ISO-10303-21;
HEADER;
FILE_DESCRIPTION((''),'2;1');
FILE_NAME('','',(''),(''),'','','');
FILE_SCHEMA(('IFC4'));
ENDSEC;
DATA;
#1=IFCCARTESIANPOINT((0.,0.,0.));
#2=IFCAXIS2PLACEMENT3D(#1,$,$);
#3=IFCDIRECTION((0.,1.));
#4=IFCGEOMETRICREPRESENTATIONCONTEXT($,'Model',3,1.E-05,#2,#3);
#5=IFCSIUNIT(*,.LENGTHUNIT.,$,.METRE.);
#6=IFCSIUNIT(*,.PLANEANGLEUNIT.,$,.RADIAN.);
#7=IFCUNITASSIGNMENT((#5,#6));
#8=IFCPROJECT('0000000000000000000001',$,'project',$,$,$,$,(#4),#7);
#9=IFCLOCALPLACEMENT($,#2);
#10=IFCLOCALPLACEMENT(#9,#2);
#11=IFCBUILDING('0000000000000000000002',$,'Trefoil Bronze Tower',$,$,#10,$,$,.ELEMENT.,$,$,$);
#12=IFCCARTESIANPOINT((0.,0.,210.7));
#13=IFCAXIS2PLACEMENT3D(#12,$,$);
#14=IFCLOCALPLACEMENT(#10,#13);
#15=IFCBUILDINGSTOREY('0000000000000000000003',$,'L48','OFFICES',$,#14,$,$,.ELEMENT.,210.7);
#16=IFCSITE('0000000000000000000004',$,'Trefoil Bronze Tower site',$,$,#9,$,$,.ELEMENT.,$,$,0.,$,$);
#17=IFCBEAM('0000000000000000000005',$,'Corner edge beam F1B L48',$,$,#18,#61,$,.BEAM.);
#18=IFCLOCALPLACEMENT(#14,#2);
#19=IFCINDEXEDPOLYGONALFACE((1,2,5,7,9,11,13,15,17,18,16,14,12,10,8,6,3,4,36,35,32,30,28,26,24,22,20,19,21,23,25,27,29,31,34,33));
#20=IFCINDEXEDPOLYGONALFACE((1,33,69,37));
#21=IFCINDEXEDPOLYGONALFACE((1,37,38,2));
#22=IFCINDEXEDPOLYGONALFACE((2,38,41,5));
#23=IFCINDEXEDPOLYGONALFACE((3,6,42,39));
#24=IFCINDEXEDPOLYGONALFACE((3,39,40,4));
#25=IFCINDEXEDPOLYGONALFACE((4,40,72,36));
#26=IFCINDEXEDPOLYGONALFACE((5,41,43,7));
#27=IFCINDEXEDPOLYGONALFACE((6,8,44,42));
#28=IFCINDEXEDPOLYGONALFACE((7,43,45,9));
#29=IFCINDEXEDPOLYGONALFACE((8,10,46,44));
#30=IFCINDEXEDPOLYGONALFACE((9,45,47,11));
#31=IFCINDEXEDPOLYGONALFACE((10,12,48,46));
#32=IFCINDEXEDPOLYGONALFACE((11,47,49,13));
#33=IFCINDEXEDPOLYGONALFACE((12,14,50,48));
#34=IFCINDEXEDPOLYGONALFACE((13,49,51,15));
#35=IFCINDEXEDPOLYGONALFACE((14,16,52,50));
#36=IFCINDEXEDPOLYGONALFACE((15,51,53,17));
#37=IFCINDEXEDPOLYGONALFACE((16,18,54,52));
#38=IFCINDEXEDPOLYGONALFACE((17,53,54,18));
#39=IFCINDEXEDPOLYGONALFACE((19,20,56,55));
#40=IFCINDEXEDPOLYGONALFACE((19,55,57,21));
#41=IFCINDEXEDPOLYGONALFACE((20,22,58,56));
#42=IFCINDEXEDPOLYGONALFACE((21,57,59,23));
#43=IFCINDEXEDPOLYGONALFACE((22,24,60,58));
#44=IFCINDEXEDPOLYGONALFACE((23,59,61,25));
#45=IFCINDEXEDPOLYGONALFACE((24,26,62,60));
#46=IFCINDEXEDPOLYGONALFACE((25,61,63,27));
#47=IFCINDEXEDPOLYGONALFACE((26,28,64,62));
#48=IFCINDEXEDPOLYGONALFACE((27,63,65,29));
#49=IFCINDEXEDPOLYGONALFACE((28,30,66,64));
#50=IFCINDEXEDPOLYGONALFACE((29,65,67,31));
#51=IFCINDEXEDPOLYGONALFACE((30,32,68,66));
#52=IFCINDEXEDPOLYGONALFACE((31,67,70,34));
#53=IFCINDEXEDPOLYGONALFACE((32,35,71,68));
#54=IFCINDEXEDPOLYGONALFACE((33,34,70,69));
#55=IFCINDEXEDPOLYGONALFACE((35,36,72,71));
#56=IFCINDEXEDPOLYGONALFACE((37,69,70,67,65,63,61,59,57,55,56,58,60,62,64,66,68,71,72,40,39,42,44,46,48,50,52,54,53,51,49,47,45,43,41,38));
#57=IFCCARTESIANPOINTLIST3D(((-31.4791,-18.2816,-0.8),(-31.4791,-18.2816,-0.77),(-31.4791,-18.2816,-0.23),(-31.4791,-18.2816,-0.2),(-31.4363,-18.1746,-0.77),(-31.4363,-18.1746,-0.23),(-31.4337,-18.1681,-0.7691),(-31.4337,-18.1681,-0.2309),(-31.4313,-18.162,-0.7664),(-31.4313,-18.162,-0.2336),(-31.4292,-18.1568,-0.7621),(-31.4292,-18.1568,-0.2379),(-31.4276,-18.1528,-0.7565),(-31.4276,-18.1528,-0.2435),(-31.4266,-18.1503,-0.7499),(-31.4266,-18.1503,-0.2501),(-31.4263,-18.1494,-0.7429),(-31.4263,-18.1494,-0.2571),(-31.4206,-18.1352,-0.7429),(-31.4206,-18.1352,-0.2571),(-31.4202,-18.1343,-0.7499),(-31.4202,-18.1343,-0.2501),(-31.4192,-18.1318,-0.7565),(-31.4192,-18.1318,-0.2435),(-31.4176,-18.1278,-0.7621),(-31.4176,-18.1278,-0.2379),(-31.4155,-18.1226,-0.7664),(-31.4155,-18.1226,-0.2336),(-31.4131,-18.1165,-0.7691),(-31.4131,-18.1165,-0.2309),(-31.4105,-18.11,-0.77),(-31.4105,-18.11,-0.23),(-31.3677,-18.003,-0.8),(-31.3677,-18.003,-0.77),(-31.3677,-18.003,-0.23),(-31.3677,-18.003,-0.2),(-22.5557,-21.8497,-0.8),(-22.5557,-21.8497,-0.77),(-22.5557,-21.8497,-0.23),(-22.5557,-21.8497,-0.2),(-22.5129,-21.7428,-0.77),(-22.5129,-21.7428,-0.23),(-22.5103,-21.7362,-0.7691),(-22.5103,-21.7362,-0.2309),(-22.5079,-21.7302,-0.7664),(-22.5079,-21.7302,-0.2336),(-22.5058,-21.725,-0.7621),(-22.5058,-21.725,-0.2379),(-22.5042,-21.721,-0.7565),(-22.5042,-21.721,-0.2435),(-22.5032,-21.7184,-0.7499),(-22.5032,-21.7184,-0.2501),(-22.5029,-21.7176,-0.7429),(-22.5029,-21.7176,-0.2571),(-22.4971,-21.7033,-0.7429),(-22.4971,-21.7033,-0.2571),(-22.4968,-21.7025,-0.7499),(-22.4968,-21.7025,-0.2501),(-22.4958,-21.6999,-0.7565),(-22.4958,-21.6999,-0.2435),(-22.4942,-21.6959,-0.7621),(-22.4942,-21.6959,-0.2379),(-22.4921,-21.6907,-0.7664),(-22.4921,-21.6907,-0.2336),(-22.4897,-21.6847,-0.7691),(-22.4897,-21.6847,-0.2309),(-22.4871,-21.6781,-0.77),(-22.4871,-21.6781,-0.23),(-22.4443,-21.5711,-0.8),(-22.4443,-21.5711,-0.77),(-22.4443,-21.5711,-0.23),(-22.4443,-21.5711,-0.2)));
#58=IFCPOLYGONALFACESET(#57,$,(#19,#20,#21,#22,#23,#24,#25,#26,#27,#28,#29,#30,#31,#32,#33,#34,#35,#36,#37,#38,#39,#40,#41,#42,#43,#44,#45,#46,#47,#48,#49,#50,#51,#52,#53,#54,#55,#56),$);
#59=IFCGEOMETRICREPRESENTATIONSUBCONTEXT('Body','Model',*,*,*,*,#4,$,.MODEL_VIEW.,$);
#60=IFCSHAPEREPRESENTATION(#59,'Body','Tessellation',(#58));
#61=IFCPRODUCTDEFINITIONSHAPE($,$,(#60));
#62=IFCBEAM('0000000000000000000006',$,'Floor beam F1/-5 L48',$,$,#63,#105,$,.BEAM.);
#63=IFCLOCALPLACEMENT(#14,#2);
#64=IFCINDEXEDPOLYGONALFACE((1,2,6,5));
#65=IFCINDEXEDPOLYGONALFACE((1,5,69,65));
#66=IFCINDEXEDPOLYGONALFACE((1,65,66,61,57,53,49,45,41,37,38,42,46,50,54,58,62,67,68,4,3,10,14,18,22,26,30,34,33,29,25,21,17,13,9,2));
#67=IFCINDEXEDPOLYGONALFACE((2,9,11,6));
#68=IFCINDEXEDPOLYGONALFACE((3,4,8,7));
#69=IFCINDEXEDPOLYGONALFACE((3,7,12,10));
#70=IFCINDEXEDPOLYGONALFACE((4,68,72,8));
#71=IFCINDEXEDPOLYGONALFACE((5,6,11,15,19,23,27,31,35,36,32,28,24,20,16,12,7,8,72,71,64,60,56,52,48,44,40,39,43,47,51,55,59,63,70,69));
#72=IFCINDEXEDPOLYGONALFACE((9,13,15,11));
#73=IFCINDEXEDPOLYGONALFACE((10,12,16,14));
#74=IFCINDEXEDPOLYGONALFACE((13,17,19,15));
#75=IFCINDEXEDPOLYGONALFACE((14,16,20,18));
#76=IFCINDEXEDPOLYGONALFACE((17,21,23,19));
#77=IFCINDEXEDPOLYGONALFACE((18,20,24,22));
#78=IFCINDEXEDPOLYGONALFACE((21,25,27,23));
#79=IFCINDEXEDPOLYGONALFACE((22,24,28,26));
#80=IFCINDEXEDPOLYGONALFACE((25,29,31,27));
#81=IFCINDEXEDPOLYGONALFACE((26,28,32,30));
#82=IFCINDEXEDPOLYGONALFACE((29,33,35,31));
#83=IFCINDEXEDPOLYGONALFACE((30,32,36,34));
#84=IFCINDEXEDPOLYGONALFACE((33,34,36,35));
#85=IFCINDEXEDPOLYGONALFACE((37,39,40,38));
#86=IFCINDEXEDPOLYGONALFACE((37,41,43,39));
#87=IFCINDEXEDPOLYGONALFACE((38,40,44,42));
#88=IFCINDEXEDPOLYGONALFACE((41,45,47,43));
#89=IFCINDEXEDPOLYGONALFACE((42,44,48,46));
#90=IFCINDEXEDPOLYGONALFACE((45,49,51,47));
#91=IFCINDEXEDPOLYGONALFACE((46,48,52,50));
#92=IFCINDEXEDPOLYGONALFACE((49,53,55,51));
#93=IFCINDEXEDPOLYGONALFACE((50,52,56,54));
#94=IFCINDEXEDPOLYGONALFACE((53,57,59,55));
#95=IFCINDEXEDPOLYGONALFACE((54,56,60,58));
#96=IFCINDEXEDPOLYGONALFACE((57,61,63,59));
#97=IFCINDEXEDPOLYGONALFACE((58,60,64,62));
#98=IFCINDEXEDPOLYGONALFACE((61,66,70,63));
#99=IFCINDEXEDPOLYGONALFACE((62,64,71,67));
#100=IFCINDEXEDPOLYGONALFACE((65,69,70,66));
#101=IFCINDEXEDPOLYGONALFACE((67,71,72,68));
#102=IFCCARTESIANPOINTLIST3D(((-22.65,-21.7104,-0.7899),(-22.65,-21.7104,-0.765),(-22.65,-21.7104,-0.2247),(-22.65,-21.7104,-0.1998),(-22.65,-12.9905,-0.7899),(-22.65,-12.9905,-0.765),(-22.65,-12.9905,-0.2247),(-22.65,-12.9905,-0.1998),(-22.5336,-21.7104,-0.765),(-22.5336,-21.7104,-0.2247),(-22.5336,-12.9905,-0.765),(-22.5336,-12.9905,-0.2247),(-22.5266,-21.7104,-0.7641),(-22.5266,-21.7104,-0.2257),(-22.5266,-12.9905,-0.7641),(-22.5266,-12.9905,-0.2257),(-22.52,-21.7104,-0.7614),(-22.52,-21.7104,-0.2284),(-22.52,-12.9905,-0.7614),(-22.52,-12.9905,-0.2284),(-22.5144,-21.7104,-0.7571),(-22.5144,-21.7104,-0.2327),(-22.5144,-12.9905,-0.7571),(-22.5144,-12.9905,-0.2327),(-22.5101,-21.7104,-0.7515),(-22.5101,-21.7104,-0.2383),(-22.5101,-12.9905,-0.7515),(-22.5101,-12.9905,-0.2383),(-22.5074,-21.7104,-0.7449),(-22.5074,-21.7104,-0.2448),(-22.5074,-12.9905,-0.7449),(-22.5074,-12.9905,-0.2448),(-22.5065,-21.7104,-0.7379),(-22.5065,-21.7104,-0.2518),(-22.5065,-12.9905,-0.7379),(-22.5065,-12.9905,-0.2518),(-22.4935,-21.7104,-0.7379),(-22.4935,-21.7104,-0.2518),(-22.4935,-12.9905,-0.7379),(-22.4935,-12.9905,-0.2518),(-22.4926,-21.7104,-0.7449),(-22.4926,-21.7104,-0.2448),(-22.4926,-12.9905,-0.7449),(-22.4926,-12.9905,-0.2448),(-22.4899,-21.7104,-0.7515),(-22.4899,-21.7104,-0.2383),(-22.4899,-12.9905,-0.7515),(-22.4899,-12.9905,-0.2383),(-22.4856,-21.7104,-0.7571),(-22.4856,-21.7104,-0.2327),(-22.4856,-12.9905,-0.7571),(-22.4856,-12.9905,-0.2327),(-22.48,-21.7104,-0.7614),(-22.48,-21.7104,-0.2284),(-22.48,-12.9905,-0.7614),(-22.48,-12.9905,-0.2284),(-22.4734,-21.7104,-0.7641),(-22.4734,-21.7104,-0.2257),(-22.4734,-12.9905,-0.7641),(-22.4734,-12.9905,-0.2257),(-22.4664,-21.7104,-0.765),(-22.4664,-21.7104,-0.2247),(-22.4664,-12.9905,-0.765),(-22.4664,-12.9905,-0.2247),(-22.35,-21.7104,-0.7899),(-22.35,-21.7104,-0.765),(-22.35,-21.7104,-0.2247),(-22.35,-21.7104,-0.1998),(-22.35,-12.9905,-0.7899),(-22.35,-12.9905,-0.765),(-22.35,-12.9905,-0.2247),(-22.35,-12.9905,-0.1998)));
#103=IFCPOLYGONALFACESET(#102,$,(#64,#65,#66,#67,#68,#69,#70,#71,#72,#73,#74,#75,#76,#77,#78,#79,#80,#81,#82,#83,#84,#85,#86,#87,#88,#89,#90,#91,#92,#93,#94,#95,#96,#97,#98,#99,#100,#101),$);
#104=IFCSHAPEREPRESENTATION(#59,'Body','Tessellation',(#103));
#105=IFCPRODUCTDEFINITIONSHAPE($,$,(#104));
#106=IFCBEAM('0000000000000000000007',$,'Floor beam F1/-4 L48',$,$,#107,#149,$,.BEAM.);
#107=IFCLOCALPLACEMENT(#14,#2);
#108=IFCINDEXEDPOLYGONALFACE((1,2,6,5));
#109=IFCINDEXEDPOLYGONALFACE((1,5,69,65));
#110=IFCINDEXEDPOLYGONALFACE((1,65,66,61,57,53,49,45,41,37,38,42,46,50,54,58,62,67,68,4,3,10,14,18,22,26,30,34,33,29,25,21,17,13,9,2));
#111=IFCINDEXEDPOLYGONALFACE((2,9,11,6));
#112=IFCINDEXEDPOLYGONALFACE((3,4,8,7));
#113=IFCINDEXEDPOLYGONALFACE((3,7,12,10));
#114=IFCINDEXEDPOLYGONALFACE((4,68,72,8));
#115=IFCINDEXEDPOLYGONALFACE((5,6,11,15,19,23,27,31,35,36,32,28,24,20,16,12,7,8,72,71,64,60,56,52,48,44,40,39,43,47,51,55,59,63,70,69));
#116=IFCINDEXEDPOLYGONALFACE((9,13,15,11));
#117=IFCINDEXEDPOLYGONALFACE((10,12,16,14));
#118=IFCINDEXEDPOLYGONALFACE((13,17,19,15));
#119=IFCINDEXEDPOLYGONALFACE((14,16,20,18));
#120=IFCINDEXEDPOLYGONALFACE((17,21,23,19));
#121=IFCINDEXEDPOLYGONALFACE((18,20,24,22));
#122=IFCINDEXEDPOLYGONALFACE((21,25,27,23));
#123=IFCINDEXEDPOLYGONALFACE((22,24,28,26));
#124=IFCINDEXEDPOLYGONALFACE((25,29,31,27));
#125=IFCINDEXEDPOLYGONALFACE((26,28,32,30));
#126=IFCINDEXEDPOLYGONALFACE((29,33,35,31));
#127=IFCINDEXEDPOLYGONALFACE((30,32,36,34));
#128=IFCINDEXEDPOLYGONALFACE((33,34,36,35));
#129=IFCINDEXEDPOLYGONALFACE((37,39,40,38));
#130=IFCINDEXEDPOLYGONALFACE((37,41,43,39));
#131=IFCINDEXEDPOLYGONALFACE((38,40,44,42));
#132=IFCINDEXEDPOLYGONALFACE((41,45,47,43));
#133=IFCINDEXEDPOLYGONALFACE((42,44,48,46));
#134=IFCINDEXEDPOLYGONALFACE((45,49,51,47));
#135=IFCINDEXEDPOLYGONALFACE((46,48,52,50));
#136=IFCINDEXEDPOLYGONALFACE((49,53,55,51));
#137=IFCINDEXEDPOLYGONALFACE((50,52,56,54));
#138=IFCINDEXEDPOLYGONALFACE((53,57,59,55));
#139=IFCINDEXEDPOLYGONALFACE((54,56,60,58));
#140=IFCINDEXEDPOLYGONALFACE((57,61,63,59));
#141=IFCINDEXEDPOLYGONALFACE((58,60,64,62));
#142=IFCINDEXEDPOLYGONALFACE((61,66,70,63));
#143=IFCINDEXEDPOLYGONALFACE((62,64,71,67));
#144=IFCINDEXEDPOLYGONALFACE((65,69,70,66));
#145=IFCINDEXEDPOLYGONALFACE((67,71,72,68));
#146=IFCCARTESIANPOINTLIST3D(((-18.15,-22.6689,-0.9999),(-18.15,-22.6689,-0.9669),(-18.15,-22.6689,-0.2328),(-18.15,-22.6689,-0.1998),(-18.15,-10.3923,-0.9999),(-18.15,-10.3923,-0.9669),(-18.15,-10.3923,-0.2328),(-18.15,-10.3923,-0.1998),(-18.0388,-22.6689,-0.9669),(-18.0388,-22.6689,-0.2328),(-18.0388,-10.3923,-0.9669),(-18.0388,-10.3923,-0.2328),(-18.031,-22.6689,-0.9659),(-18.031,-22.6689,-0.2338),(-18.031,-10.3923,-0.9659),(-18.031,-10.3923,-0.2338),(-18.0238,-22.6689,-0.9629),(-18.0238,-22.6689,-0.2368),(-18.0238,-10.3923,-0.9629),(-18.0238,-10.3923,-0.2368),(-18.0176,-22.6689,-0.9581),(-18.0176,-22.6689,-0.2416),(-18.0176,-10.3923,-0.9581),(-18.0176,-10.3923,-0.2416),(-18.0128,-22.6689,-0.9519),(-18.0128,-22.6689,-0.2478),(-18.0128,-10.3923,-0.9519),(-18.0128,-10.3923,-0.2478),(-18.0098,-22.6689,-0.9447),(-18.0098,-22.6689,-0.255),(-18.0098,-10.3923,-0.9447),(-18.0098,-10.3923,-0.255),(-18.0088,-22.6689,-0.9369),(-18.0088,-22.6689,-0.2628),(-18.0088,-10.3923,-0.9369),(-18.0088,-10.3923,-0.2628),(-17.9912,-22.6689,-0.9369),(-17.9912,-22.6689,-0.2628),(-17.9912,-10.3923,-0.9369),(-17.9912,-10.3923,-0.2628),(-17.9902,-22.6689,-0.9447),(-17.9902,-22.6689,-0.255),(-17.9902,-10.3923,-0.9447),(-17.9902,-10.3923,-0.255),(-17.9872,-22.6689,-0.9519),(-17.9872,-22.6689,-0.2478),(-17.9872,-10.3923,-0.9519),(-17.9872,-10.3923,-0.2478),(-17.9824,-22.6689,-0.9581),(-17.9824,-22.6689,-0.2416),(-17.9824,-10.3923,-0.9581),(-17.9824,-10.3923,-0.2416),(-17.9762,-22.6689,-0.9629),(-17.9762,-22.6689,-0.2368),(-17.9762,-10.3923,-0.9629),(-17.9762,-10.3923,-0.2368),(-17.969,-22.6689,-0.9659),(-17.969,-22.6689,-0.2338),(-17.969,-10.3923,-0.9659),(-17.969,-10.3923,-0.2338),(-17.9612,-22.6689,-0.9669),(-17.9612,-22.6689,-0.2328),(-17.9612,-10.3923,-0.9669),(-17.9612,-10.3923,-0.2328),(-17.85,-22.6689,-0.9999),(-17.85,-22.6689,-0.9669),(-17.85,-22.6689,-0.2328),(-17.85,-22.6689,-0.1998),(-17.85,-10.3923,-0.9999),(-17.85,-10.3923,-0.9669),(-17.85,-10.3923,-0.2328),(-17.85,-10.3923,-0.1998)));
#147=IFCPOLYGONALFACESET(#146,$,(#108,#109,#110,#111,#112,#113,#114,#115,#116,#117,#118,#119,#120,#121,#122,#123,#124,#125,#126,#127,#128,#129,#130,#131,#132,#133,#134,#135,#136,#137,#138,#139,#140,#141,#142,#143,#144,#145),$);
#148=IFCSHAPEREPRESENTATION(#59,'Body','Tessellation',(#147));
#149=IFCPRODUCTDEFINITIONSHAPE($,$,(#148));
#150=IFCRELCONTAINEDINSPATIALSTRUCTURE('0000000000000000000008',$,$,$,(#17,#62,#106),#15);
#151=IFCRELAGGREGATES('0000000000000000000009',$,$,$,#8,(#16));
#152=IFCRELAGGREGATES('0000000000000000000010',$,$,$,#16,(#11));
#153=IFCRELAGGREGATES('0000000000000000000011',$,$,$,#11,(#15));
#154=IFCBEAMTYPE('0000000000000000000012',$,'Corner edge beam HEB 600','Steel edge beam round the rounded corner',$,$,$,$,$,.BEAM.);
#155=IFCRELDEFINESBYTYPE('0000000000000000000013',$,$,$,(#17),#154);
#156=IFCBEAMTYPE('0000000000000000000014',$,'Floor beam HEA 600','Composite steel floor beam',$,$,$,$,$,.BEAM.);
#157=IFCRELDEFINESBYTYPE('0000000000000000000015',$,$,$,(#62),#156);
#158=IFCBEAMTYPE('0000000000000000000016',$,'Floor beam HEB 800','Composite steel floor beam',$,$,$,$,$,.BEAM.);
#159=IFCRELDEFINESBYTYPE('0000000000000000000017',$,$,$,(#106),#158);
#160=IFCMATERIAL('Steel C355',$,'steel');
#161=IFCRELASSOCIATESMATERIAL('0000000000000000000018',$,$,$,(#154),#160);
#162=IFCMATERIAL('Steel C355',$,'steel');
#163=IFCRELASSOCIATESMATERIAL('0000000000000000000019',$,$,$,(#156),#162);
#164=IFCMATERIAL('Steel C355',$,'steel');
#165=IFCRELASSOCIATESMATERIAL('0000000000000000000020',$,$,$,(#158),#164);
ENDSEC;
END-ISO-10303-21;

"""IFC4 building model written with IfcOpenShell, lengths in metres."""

from ifc_helpers import new_model, si_unit, direction, frame, origin, origin_2d, place, context, subcontext, project, spatial, i_section, extrude, material, material_profile, profile_set, type_object, element, save


model = new_model("IFC4")

# Units and contexts
model_context = context("Model", 3, precision=1e-05, world=origin(), true_north=direction((0.0, 1.0)))
body_context = subcontext(model_context, "Body", "Model", "MODEL_VIEW")
ifc_project = project(units=[si_unit("LENGTHUNIT", "METRE"), si_unit("PLANEANGLEUNIT", "RADIAN")], contexts=[model_context])

# Site, building, storey
site_placement = place(None, origin())
site = spatial("IfcSite", under=ifc_project, at=site_placement, Name="Trefoil Bronze Tower site", CompositionType="ELEMENT", RefElevation=0.0)
building_placement = place(site_placement, origin())
building = spatial("IfcBuilding", under=site, at=building_placement, Name="Trefoil Bronze Tower", CompositionType="ELEMENT")
storey_placement = place(building_placement, frame((0.0, 0.0, 210.7)))
storey = spatial("IfcBuildingStorey", under=building, at=storey_placement, Name="L48", Description="OFFICES", CompositionType="ELEMENT", Elevation=210.7)

# Beams
ifc_material_1 = material(Name="Steel C355", Category="steel")
ifc_material_profile_1 = material_profile(ifc_material_1, i_section(OverallWidth=0.3, OverallDepth=0.6001, WebThickness=0.0154, FlangeThickness=0.03, FilletRadius=0.0271, at=origin_2d()), Name="HEB 600")
ifc_profile_set_1 = profile_set([ifc_material_profile_1], Name="Steel C355")
beam_type_1 = type_object("IfcBeamType", Name="Corner edge beam HEB 600", Description="Steel edge beam round the rounded corner", PredefinedType="BEAM", material=ifc_profile_set_1)
beam_1_placement = place(storey_placement, frame((-22.5, -21.7104, -0.5), z_axis=(-0.92852, 0.371281, 0.0), x_axis=(-0.371281, -0.92852, 0.0)))
element("IfcBeam", 1, at=beam_1_placement, inside=storey, type_object=beam_type_1, Name="Corner edge beam F1B L48", PredefinedType="BEAM", context=body_context, shape_type="SweptSolid", body=[
    extrude(i_section(OverallWidth=0.3, OverallDepth=0.6001, WebThickness=0.0154, FlangeThickness=0.03, FilletRadius=0.0271, at=origin_2d()), origin(), (0.0, 0.0, 1.0), 9.6104),
])
ifc_material_2 = material(Name="Steel C355", Category="steel")
ifc_material_profile_2 = material_profile(ifc_material_2, i_section(OverallWidth=0.3, OverallDepth=0.5901, WebThickness=0.0129, FlangeThickness=0.0249, FilletRadius=0.0271, at=origin_2d()), Name="HEA 600")
ifc_profile_set_2 = profile_set([ifc_material_profile_2], Name="Steel C355")
beam_type_2 = type_object("IfcBeamType", Name="Floor beam HEA 600", Description="Composite steel floor beam", PredefinedType="BEAM", material=ifc_profile_set_2)
beam_2_placement = place(storey_placement, frame((-22.5, -21.7104, -0.4949), z_axis=(0.0, 1.0, 0.0), x_axis=(-1.0, 0.0, 0.0)))
element("IfcBeam", 2, at=beam_2_placement, inside=storey, type_object=beam_type_2, Name="Floor beam F1/-5 L48", PredefinedType="BEAM", context=body_context, shape_type="SweptSolid", body=[
    extrude(i_section(OverallWidth=0.3, OverallDepth=0.5901, WebThickness=0.0129, FlangeThickness=0.0249, FilletRadius=0.0271, at=origin_2d()), origin(), (0.0, 0.0, 1.0), 8.72),
])
ifc_material_3 = material(Name="Steel C355", Category="steel")
ifc_material_profile_3 = material_profile(ifc_material_3, i_section(OverallWidth=0.3, OverallDepth=0.8, WebThickness=0.0176, FlangeThickness=0.033, FilletRadius=0.03, at=origin_2d()), Name="HEB 800")
ifc_profile_set_3 = profile_set([ifc_material_profile_3], Name="Steel C355")
beam_type_3 = type_object("IfcBeamType", Name="Floor beam HEB 800", Description="Composite steel floor beam", PredefinedType="BEAM", material=ifc_profile_set_3)
beam_3_placement = place(storey_placement, frame((-18.0, -22.6689, -0.5999), z_axis=(0.0, 1.0, 0.0), x_axis=(-1.0, 0.0, 0.0)))
element("IfcBeam", 3, at=beam_3_placement, inside=storey, type_object=beam_type_3, Name="Floor beam F1/-4 L48", PredefinedType="BEAM", context=body_context, shape_type="SweptSolid", body=[
    extrude(i_section(OverallWidth=0.3, OverallDepth=0.8, WebThickness=0.0176, FlangeThickness=0.033, FilletRadius=0.03, at=origin_2d()), origin(), (0.0, 0.0, 1.0), 12.2766),
])

save(model, "model.ifc")
